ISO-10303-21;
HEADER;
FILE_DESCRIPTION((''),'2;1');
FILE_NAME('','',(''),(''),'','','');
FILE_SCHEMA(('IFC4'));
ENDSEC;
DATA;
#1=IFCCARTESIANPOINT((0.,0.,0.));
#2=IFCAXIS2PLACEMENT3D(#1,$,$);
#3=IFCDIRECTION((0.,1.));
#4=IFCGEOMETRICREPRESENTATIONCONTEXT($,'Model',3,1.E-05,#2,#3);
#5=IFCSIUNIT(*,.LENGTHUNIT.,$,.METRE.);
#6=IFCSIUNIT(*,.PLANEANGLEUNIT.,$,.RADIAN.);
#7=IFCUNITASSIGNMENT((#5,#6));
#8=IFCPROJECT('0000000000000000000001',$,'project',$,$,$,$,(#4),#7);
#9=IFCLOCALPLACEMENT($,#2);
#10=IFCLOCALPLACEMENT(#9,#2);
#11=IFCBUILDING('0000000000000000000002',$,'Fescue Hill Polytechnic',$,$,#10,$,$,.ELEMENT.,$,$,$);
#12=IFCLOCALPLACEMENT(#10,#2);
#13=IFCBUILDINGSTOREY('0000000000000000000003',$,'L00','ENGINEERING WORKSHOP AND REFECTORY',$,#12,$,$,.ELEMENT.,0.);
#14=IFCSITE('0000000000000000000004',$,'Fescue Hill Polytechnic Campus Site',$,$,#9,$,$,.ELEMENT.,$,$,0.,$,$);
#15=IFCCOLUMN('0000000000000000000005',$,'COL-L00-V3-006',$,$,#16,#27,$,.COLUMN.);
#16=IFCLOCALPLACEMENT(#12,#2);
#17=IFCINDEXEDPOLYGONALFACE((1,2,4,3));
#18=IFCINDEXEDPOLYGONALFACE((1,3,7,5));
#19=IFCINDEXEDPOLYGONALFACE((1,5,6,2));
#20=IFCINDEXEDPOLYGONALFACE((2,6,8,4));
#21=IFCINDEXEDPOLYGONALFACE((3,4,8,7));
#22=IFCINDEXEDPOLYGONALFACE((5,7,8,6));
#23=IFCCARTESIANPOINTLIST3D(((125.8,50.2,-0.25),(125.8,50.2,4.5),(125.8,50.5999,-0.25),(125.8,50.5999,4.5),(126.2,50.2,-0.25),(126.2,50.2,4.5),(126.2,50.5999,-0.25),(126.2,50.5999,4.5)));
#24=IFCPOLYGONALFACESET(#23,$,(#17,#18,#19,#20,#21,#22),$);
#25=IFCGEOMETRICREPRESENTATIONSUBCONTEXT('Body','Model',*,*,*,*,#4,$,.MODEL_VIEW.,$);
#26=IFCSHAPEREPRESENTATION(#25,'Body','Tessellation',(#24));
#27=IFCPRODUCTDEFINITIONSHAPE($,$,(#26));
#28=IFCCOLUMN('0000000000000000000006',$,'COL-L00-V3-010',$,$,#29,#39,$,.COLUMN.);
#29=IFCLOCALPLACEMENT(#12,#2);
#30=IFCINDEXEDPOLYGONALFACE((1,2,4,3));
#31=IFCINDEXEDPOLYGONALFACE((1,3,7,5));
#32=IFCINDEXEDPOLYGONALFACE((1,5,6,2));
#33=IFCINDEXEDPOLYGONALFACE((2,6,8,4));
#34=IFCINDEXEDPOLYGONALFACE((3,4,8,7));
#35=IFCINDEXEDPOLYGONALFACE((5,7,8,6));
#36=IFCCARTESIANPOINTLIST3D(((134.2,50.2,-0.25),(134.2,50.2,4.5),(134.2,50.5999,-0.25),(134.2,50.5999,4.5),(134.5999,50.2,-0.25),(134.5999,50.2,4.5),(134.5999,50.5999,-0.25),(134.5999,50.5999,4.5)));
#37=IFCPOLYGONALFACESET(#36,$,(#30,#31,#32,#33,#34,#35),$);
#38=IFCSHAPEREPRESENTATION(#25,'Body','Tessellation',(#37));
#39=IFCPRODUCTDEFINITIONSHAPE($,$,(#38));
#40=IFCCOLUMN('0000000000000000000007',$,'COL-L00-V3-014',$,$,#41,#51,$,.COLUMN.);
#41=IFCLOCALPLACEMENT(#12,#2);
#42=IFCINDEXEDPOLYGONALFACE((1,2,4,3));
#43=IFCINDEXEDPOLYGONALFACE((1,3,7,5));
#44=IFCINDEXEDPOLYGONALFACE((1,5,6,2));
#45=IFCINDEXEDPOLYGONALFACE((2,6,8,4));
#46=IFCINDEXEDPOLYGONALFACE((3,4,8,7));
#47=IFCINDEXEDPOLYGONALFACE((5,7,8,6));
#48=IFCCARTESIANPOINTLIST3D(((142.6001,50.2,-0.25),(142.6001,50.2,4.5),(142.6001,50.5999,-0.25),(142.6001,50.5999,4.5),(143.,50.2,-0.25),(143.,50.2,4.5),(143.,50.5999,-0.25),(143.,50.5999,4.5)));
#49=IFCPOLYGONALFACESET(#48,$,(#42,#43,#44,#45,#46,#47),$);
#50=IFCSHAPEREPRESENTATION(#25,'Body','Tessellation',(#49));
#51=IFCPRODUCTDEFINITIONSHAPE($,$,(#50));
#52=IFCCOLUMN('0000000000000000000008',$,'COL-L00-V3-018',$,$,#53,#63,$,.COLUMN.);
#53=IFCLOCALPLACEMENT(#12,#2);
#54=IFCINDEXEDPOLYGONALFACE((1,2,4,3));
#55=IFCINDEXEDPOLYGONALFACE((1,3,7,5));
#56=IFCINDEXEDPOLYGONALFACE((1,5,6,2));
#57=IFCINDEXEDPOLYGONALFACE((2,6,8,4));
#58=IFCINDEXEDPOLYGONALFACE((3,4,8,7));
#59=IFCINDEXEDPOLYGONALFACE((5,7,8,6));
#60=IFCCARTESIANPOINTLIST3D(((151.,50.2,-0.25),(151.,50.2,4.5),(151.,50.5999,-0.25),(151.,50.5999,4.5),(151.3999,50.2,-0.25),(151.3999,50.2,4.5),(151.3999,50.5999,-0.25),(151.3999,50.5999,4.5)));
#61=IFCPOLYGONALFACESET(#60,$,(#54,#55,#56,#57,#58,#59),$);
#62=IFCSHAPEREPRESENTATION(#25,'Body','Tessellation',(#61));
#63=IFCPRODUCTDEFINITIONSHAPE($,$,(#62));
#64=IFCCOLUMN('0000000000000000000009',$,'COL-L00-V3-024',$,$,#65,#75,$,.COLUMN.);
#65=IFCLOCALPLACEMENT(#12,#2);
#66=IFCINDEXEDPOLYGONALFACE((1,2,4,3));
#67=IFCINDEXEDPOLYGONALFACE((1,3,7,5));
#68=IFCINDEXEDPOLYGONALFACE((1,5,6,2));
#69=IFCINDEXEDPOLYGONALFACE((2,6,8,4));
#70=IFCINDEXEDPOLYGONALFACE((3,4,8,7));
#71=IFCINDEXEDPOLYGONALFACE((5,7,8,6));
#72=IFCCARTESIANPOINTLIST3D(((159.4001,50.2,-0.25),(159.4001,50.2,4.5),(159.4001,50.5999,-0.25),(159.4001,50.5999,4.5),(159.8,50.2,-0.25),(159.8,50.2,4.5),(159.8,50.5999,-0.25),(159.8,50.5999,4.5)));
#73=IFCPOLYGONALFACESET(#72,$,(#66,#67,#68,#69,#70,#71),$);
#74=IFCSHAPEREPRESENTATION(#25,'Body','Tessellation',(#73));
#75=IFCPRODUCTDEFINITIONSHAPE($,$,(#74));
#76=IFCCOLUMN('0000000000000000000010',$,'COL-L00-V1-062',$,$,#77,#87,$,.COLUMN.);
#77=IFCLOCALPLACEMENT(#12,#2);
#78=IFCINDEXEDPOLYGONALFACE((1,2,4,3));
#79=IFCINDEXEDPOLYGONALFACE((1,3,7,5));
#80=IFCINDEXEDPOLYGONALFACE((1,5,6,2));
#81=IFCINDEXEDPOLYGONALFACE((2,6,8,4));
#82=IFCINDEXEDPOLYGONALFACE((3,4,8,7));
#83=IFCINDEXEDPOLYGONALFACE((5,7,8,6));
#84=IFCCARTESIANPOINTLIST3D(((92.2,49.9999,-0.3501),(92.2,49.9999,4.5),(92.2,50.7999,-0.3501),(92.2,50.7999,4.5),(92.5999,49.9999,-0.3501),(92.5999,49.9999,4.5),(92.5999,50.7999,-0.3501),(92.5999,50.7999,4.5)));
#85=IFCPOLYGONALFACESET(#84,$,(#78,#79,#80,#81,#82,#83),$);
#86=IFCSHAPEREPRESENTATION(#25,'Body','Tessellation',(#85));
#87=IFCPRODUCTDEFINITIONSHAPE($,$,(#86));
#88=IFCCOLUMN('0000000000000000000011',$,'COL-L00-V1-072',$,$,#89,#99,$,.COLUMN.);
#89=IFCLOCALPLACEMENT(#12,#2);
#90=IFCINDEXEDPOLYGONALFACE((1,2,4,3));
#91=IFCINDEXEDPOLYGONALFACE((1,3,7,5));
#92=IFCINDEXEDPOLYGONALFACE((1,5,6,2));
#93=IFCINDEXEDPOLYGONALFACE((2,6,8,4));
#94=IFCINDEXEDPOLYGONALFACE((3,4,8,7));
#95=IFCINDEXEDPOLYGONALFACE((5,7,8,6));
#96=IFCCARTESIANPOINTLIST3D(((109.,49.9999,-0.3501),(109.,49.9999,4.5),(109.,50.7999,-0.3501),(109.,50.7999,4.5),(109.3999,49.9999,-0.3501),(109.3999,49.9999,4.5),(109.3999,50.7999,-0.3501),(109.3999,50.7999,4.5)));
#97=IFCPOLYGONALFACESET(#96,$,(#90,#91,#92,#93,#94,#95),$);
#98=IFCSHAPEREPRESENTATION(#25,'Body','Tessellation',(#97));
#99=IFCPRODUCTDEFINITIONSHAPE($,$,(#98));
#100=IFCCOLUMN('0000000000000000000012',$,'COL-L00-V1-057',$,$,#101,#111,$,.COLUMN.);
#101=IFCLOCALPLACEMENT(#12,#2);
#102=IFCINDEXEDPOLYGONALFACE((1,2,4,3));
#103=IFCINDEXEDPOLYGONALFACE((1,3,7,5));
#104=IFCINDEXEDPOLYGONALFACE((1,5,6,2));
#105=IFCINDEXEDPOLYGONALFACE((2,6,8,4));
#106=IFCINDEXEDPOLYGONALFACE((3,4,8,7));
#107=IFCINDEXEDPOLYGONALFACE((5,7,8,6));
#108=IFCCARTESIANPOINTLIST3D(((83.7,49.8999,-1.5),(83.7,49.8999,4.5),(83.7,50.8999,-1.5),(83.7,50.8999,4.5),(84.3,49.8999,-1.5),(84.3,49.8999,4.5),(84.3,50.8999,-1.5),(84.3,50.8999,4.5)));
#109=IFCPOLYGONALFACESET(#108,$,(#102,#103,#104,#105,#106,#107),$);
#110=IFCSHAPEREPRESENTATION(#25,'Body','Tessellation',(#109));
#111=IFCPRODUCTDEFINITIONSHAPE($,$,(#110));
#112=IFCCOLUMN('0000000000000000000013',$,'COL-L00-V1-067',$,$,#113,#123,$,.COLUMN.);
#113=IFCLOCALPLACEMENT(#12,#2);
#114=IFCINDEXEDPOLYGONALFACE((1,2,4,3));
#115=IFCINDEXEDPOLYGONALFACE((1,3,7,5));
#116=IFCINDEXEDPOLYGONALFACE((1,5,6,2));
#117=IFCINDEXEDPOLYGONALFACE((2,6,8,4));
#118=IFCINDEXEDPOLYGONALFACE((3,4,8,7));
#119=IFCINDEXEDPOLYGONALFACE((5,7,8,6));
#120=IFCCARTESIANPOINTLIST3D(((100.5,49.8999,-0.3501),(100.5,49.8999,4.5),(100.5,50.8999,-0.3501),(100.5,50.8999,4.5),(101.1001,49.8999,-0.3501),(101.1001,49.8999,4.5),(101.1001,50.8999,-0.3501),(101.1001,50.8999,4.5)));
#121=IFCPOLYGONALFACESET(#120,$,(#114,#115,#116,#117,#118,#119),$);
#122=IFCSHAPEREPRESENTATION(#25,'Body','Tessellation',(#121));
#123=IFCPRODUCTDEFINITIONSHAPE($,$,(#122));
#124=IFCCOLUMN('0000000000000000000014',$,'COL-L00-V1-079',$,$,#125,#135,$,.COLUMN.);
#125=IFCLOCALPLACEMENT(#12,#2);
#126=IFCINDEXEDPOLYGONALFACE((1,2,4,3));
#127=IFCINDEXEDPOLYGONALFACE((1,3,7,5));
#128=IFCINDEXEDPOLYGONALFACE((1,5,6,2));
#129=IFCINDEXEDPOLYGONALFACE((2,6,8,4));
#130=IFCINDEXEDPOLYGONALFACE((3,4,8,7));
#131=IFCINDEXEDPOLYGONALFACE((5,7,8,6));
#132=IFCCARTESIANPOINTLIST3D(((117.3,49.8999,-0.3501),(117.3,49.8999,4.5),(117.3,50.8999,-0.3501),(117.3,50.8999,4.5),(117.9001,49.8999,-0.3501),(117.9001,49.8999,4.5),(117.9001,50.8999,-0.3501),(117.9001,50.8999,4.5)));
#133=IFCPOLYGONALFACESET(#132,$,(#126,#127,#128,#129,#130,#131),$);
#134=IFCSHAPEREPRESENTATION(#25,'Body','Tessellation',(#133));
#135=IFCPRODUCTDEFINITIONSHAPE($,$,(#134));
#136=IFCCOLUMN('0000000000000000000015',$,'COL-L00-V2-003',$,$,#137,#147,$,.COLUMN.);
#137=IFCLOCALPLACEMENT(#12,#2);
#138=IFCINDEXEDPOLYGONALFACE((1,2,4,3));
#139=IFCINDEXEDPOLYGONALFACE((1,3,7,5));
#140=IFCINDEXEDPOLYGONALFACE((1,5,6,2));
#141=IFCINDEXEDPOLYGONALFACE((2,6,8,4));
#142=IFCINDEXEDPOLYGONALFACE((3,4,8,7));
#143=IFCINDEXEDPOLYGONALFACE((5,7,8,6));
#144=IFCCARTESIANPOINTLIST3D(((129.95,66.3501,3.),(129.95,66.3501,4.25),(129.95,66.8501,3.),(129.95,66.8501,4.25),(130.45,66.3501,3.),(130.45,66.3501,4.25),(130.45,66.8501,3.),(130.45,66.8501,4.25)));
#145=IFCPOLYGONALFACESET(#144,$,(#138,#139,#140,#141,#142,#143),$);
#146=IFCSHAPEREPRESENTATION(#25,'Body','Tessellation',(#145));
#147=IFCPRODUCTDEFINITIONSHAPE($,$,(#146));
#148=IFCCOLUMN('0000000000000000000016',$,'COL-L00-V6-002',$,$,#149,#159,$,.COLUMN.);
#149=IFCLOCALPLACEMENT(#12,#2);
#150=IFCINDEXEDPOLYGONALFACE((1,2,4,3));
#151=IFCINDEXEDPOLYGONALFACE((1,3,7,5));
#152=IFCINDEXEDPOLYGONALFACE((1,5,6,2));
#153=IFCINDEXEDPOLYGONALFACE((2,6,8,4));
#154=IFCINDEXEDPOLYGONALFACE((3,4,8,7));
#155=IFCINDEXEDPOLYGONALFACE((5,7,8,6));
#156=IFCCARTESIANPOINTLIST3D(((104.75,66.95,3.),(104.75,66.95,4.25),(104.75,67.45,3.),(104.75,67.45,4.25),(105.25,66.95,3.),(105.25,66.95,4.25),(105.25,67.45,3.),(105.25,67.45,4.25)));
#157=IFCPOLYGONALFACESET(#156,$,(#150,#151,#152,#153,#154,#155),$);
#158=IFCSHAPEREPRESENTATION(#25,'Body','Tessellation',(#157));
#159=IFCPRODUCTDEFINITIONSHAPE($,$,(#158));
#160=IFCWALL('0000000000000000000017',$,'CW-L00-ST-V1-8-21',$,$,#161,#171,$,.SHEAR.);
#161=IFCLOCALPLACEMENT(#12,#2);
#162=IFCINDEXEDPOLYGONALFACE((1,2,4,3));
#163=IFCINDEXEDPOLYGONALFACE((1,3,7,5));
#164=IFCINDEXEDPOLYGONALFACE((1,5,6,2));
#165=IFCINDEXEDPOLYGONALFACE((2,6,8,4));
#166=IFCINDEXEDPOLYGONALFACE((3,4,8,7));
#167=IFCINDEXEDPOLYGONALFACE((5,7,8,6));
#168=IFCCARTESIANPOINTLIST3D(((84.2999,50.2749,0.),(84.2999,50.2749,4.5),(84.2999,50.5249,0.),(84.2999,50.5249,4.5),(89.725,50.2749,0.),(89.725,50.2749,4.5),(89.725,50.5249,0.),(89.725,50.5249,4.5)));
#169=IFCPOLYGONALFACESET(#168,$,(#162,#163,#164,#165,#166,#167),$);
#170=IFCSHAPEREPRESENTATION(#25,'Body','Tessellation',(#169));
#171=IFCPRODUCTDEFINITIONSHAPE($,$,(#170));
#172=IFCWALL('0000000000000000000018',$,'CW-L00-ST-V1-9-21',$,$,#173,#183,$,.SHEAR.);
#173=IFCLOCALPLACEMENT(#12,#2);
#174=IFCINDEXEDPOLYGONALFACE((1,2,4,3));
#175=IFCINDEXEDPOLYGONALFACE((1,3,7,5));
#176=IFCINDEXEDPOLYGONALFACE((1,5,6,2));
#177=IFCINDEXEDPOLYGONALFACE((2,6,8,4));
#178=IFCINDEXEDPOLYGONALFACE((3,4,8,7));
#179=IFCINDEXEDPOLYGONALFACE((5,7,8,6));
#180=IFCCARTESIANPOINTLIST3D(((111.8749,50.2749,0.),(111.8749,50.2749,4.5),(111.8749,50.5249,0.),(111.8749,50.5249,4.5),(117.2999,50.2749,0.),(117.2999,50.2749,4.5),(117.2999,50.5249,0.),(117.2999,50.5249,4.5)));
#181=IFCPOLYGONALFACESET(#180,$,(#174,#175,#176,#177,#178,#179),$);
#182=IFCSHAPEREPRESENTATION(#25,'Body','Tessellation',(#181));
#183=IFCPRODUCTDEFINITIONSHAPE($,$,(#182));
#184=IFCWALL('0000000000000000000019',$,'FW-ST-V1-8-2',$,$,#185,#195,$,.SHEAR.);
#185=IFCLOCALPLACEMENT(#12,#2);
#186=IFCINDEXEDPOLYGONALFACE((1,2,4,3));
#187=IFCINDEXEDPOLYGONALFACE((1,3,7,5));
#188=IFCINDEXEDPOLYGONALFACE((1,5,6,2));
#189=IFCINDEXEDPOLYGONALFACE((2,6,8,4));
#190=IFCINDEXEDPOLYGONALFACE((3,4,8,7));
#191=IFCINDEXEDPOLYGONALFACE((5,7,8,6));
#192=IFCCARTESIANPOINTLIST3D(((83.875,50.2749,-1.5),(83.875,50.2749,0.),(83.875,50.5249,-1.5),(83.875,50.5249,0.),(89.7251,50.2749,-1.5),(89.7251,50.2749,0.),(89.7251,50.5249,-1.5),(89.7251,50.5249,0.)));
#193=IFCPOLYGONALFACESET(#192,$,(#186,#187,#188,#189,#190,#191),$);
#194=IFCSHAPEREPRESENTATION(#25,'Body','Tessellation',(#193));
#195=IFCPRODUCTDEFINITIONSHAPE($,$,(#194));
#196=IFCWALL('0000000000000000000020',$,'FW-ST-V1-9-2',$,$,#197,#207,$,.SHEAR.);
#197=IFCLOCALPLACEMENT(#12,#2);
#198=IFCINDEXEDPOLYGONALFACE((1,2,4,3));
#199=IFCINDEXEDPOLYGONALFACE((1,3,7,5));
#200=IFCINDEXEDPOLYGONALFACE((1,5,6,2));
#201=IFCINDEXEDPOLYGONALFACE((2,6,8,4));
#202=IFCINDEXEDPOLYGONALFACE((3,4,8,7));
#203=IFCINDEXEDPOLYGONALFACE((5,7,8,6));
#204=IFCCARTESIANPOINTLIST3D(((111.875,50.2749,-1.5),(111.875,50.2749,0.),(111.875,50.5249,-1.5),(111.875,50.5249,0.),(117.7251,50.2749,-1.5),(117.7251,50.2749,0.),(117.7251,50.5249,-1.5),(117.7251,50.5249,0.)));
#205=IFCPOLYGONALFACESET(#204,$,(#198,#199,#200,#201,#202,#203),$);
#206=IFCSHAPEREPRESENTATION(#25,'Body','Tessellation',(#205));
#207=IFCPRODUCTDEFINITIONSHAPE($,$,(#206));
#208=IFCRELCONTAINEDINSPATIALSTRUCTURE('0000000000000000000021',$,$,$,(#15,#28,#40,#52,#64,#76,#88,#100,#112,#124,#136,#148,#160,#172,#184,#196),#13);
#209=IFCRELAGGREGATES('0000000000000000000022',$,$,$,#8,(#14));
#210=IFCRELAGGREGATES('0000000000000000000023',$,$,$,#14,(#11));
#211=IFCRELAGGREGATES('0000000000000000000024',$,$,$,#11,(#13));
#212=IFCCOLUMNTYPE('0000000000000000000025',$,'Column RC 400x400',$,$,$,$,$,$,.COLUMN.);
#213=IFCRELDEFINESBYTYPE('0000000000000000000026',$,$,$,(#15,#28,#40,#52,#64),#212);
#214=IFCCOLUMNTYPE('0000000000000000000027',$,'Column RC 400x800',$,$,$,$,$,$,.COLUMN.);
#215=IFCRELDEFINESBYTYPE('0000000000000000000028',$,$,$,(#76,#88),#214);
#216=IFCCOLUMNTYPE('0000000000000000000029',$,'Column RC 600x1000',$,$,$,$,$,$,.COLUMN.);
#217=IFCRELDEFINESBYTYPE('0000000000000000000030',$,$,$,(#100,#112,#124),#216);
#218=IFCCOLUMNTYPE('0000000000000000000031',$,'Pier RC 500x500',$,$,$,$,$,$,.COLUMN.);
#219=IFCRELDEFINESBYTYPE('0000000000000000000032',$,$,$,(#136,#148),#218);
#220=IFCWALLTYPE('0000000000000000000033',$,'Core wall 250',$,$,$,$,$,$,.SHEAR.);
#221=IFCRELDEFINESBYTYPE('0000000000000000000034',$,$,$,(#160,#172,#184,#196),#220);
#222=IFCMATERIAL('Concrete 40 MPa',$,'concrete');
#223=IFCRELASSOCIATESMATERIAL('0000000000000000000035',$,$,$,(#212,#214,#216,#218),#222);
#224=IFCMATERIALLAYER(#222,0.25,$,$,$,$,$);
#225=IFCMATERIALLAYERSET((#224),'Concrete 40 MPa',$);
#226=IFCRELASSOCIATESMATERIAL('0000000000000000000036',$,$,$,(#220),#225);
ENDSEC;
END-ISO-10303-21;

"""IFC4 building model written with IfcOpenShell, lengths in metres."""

from ifc_helpers import new_model, si_unit, direction, frame, frame_2d, origin, origin_2d, place, context, subcontext, project, spatial, rectangle, extrude, material, layer, layer_set, material_profile, profile_set, type_object, element, save


model = new_model("IFC4")

# Units and contexts
model_context = context("Model", 3, precision=1e-05, world=origin(), true_north=direction((0.0, 1.0)))
body_context = subcontext(model_context, "Body", "Model", "MODEL_VIEW")
ifc_project = project(units=[si_unit("LENGTHUNIT", "METRE"), si_unit("PLANEANGLEUNIT", "RADIAN")], contexts=[model_context])

# Site, building, storey
site_placement = place(None, origin())
site = spatial("IfcSite", under=ifc_project, at=site_placement, Name="Fescue Hill Polytechnic Campus Site", CompositionType="ELEMENT", RefElevation=0.0)
building_placement = place(site_placement, origin())
building = spatial("IfcBuilding", under=site, at=building_placement, Name="Fescue Hill Polytechnic", CompositionType="ELEMENT")
storey_placement = place(building_placement, origin())
storey = spatial("IfcBuildingStorey", under=building, at=storey_placement, Name="L00", Description="ENGINEERING WORKSHOP AND REFECTORY", CompositionType="ELEMENT", Elevation=0.0)

# Columns
ifc_material_1 = material(Name="Concrete 40 MPa", Category="concrete")
ifc_material_profile_1 = material_profile(ifc_material_1, rectangle(XDim=0.3999, YDim=0.3999, at=origin_2d()), Name="RC 400x400")
ifc_profile_set_1 = profile_set([ifc_material_profile_1], Name="Concrete 40 MPa")
column_type_1 = type_object("IfcColumnType", Name="Column RC 400x400", PredefinedType="COLUMN", material=ifc_profile_set_1)
for number, where, z_axis, x_axis, name in (
    (1, (126.0, 50.3999, -0.25), (0.0, 0.0, 1.0), (1.0, 0.0, 0.0), "COL-L00-V3-006"),
    (2, (134.3999, 50.3999, -0.25), (0.0, 0.0, 1.0), (1.0, 0.0, 0.0), "COL-L00-V3-010"),
    (3, (142.8, 50.3999, -0.25), (0.0, 0.0, 1.0), (1.0, 0.0, 0.0), "COL-L00-V3-014"),
    (4, (151.2, 50.3999, -0.25), (0.0, 0.0, 1.0), (1.0, 0.0, 0.0), "COL-L00-V3-018"),
    (5, (159.6001, 50.3999, -0.25), (0.0, 0.0, 1.0), (1.0, 0.0, 0.0), "COL-L00-V3-024"),
):
    element("IfcColumn", number, at=place(storey_placement, frame(where, z_axis=z_axis, x_axis=x_axis)), inside=storey, type_object=column_type_1, Name=name, PredefinedType="COLUMN", context=body_context, shape_type="SweptSolid", body=[
        extrude(rectangle(XDim=0.3999, YDim=0.3999, at=origin_2d()), origin(), (0.0, 0.0, 1.0), 4.75),
    ])
ifc_material_profile_2 = material_profile(ifc_material_1, rectangle(XDim=0.3999, YDim=0.8, at=origin_2d()), Name="RC 400x800")
ifc_profile_set_2 = profile_set([ifc_material_profile_2], Name="Concrete 40 MPa")
column_type_2 = type_object("IfcColumnType", Name="Column RC 400x800", PredefinedType="COLUMN", material=ifc_profile_set_2)
for number, where, z_axis, x_axis, name in (
    (6, (92.3999, 50.3999, -0.3501), (0.0, 0.0, 1.0), (1.0, 0.0, 0.0), "COL-L00-V1-062"),
    (7, (109.2, 50.3999, -0.3501), (0.0, 0.0, 1.0), (1.0, 0.0, 0.0), "COL-L00-V1-072"),
):
    element("IfcColumn", number, at=place(storey_placement, frame(where, z_axis=z_axis, x_axis=x_axis)), inside=storey, type_object=column_type_2, Name=name, PredefinedType="COLUMN", context=body_context, shape_type="SweptSolid", body=[
        extrude(rectangle(XDim=0.3999, YDim=0.8, at=origin_2d()), origin(), (0.0, 0.0, 1.0), 4.8501),
    ])
ifc_material_profile_3 = material_profile(ifc_material_1, rectangle(XDim=0.6001, YDim=1.0, at=origin_2d()), Name="RC 600x1000")
ifc_profile_set_3 = profile_set([ifc_material_profile_3], Name="Concrete 40 MPa")
column_type_3 = type_object("IfcColumnType", Name="Column RC 600x1000", PredefinedType="COLUMN", material=ifc_profile_set_3)
column_placement = place(storey_placement, frame((84.0, 50.3999, -1.5), z_axis=(0.0, 0.0, 1.0), x_axis=(1.0, 0.0, 0.0)))
element("IfcColumn", 8, at=column_placement, inside=storey, type_object=column_type_3, Name="COL-L00-V1-057", PredefinedType="COLUMN", context=body_context, shape_type="SweptSolid", body=[
    extrude(rectangle(XDim=0.6001, YDim=1.0, at=origin_2d()), origin(), (0.0, 0.0, 1.0), 6.0),
])
for number, where, z_axis, x_axis, name in (
    (9, (100.8, 50.3999, -0.3501), (0.0, 0.0, 1.0), (1.0, 0.0, 0.0), "COL-L00-V1-067"),
    (10, (117.6001, 50.3999, -0.3501), (0.0, 0.0, 1.0), (1.0, 0.0, 0.0), "COL-L00-V1-079"),
):
    element("IfcColumn", number, at=place(storey_placement, frame(where, z_axis=z_axis, x_axis=x_axis)), inside=storey, type_object=column_type_3, Name=name, PredefinedType="COLUMN", context=body_context, shape_type="SweptSolid", body=[
        extrude(rectangle(XDim=0.6001, YDim=1.0, at=origin_2d()), origin(), (0.0, 0.0, 1.0), 4.8501),
    ])
ifc_material_profile_4 = material_profile(ifc_material_1, rectangle(XDim=0.5, YDim=0.5, at=origin_2d()), Name="RC 500x500")
ifc_profile_set_4 = profile_set([ifc_material_profile_4], Name="Concrete 40 MPa")
column_type_4 = type_object("IfcColumnType", Name="Pier RC 500x500", PredefinedType="COLUMN", material=ifc_profile_set_4)
for number, where, z_axis, x_axis, name in (
    (11, (130.2, 66.6001, 3.0), (0.0, 0.0, 1.0), (1.0, 0.0, 0.0), "COL-L00-V2-003"),
    (12, (105.0, 67.2, 3.0), (0.0, 0.0, 1.0), (1.0, 0.0, 0.0), "COL-L00-V6-002"),
):
    element("IfcColumn", number, at=place(storey_placement, frame(where, z_axis=z_axis, x_axis=x_axis)), inside=storey, type_object=column_type_4, Name=name, PredefinedType="COLUMN", context=body_context, shape_type="SweptSolid", body=[
        extrude(rectangle(XDim=0.5, YDim=0.5, at=origin_2d()), origin(), (0.0, 0.0, 1.0), 1.25),
    ])

# Walls
ifc_layer_1 = layer(ifc_material_1, 0.25)
ifc_layer_set_1 = layer_set([ifc_layer_1], Name="Concrete 40 MPa")
wall_type_1 = type_object("IfcWallType", Name="Core wall 250", PredefinedType="SHEAR", material=ifc_layer_set_1)
for number, where, z_axis, x_axis, name in (
    (13, (84.3, 50.3999, 0.0), (0.0, 0.0, 1.0), (1.0, 0.0, 0.0), "CW-L00-ST-V1-8-21"),
    (14, (111.875, 50.3999, 0.0), (0.0, 0.0, 1.0), (1.0, 0.0, 0.0), "CW-L00-ST-V1-9-21"),
):
    element("IfcWall", number, at=place(storey_placement, frame(where, z_axis=z_axis, x_axis=x_axis)), inside=storey, type_object=wall_type_1, Name=name, PredefinedType="SHEAR", context=body_context, shape_type="SweptSolid", body=[
        extrude(rectangle(XDim=5.425, YDim=0.25, at=frame_2d((2.7124, 0.0))), origin(), (0.0, 0.0, 1.0), 4.5),
    ])
for number, where, z_axis, x_axis, name in (
    (15, (83.875, 50.3999, -1.5), (0.0, 0.0, 1.0), (1.0, 0.0, 0.0), "FW-ST-V1-8-2"),
    (16, (111.875, 50.3999, -1.5), (0.0, 0.0, 1.0), (1.0, 0.0, 0.0), "FW-ST-V1-9-2"),
):
    element("IfcWall", number, at=place(storey_placement, frame(where, z_axis=z_axis, x_axis=x_axis)), inside=storey, type_object=wall_type_1, Name=name, PredefinedType="SHEAR", context=body_context, shape_type="SweptSolid", body=[
        extrude(rectangle(XDim=5.8501, YDim=0.25, at=frame_2d((2.925, 0.0))), origin(), (0.0, 0.0, 1.0), 1.5),
    ])

save(model, "model.ifc")
